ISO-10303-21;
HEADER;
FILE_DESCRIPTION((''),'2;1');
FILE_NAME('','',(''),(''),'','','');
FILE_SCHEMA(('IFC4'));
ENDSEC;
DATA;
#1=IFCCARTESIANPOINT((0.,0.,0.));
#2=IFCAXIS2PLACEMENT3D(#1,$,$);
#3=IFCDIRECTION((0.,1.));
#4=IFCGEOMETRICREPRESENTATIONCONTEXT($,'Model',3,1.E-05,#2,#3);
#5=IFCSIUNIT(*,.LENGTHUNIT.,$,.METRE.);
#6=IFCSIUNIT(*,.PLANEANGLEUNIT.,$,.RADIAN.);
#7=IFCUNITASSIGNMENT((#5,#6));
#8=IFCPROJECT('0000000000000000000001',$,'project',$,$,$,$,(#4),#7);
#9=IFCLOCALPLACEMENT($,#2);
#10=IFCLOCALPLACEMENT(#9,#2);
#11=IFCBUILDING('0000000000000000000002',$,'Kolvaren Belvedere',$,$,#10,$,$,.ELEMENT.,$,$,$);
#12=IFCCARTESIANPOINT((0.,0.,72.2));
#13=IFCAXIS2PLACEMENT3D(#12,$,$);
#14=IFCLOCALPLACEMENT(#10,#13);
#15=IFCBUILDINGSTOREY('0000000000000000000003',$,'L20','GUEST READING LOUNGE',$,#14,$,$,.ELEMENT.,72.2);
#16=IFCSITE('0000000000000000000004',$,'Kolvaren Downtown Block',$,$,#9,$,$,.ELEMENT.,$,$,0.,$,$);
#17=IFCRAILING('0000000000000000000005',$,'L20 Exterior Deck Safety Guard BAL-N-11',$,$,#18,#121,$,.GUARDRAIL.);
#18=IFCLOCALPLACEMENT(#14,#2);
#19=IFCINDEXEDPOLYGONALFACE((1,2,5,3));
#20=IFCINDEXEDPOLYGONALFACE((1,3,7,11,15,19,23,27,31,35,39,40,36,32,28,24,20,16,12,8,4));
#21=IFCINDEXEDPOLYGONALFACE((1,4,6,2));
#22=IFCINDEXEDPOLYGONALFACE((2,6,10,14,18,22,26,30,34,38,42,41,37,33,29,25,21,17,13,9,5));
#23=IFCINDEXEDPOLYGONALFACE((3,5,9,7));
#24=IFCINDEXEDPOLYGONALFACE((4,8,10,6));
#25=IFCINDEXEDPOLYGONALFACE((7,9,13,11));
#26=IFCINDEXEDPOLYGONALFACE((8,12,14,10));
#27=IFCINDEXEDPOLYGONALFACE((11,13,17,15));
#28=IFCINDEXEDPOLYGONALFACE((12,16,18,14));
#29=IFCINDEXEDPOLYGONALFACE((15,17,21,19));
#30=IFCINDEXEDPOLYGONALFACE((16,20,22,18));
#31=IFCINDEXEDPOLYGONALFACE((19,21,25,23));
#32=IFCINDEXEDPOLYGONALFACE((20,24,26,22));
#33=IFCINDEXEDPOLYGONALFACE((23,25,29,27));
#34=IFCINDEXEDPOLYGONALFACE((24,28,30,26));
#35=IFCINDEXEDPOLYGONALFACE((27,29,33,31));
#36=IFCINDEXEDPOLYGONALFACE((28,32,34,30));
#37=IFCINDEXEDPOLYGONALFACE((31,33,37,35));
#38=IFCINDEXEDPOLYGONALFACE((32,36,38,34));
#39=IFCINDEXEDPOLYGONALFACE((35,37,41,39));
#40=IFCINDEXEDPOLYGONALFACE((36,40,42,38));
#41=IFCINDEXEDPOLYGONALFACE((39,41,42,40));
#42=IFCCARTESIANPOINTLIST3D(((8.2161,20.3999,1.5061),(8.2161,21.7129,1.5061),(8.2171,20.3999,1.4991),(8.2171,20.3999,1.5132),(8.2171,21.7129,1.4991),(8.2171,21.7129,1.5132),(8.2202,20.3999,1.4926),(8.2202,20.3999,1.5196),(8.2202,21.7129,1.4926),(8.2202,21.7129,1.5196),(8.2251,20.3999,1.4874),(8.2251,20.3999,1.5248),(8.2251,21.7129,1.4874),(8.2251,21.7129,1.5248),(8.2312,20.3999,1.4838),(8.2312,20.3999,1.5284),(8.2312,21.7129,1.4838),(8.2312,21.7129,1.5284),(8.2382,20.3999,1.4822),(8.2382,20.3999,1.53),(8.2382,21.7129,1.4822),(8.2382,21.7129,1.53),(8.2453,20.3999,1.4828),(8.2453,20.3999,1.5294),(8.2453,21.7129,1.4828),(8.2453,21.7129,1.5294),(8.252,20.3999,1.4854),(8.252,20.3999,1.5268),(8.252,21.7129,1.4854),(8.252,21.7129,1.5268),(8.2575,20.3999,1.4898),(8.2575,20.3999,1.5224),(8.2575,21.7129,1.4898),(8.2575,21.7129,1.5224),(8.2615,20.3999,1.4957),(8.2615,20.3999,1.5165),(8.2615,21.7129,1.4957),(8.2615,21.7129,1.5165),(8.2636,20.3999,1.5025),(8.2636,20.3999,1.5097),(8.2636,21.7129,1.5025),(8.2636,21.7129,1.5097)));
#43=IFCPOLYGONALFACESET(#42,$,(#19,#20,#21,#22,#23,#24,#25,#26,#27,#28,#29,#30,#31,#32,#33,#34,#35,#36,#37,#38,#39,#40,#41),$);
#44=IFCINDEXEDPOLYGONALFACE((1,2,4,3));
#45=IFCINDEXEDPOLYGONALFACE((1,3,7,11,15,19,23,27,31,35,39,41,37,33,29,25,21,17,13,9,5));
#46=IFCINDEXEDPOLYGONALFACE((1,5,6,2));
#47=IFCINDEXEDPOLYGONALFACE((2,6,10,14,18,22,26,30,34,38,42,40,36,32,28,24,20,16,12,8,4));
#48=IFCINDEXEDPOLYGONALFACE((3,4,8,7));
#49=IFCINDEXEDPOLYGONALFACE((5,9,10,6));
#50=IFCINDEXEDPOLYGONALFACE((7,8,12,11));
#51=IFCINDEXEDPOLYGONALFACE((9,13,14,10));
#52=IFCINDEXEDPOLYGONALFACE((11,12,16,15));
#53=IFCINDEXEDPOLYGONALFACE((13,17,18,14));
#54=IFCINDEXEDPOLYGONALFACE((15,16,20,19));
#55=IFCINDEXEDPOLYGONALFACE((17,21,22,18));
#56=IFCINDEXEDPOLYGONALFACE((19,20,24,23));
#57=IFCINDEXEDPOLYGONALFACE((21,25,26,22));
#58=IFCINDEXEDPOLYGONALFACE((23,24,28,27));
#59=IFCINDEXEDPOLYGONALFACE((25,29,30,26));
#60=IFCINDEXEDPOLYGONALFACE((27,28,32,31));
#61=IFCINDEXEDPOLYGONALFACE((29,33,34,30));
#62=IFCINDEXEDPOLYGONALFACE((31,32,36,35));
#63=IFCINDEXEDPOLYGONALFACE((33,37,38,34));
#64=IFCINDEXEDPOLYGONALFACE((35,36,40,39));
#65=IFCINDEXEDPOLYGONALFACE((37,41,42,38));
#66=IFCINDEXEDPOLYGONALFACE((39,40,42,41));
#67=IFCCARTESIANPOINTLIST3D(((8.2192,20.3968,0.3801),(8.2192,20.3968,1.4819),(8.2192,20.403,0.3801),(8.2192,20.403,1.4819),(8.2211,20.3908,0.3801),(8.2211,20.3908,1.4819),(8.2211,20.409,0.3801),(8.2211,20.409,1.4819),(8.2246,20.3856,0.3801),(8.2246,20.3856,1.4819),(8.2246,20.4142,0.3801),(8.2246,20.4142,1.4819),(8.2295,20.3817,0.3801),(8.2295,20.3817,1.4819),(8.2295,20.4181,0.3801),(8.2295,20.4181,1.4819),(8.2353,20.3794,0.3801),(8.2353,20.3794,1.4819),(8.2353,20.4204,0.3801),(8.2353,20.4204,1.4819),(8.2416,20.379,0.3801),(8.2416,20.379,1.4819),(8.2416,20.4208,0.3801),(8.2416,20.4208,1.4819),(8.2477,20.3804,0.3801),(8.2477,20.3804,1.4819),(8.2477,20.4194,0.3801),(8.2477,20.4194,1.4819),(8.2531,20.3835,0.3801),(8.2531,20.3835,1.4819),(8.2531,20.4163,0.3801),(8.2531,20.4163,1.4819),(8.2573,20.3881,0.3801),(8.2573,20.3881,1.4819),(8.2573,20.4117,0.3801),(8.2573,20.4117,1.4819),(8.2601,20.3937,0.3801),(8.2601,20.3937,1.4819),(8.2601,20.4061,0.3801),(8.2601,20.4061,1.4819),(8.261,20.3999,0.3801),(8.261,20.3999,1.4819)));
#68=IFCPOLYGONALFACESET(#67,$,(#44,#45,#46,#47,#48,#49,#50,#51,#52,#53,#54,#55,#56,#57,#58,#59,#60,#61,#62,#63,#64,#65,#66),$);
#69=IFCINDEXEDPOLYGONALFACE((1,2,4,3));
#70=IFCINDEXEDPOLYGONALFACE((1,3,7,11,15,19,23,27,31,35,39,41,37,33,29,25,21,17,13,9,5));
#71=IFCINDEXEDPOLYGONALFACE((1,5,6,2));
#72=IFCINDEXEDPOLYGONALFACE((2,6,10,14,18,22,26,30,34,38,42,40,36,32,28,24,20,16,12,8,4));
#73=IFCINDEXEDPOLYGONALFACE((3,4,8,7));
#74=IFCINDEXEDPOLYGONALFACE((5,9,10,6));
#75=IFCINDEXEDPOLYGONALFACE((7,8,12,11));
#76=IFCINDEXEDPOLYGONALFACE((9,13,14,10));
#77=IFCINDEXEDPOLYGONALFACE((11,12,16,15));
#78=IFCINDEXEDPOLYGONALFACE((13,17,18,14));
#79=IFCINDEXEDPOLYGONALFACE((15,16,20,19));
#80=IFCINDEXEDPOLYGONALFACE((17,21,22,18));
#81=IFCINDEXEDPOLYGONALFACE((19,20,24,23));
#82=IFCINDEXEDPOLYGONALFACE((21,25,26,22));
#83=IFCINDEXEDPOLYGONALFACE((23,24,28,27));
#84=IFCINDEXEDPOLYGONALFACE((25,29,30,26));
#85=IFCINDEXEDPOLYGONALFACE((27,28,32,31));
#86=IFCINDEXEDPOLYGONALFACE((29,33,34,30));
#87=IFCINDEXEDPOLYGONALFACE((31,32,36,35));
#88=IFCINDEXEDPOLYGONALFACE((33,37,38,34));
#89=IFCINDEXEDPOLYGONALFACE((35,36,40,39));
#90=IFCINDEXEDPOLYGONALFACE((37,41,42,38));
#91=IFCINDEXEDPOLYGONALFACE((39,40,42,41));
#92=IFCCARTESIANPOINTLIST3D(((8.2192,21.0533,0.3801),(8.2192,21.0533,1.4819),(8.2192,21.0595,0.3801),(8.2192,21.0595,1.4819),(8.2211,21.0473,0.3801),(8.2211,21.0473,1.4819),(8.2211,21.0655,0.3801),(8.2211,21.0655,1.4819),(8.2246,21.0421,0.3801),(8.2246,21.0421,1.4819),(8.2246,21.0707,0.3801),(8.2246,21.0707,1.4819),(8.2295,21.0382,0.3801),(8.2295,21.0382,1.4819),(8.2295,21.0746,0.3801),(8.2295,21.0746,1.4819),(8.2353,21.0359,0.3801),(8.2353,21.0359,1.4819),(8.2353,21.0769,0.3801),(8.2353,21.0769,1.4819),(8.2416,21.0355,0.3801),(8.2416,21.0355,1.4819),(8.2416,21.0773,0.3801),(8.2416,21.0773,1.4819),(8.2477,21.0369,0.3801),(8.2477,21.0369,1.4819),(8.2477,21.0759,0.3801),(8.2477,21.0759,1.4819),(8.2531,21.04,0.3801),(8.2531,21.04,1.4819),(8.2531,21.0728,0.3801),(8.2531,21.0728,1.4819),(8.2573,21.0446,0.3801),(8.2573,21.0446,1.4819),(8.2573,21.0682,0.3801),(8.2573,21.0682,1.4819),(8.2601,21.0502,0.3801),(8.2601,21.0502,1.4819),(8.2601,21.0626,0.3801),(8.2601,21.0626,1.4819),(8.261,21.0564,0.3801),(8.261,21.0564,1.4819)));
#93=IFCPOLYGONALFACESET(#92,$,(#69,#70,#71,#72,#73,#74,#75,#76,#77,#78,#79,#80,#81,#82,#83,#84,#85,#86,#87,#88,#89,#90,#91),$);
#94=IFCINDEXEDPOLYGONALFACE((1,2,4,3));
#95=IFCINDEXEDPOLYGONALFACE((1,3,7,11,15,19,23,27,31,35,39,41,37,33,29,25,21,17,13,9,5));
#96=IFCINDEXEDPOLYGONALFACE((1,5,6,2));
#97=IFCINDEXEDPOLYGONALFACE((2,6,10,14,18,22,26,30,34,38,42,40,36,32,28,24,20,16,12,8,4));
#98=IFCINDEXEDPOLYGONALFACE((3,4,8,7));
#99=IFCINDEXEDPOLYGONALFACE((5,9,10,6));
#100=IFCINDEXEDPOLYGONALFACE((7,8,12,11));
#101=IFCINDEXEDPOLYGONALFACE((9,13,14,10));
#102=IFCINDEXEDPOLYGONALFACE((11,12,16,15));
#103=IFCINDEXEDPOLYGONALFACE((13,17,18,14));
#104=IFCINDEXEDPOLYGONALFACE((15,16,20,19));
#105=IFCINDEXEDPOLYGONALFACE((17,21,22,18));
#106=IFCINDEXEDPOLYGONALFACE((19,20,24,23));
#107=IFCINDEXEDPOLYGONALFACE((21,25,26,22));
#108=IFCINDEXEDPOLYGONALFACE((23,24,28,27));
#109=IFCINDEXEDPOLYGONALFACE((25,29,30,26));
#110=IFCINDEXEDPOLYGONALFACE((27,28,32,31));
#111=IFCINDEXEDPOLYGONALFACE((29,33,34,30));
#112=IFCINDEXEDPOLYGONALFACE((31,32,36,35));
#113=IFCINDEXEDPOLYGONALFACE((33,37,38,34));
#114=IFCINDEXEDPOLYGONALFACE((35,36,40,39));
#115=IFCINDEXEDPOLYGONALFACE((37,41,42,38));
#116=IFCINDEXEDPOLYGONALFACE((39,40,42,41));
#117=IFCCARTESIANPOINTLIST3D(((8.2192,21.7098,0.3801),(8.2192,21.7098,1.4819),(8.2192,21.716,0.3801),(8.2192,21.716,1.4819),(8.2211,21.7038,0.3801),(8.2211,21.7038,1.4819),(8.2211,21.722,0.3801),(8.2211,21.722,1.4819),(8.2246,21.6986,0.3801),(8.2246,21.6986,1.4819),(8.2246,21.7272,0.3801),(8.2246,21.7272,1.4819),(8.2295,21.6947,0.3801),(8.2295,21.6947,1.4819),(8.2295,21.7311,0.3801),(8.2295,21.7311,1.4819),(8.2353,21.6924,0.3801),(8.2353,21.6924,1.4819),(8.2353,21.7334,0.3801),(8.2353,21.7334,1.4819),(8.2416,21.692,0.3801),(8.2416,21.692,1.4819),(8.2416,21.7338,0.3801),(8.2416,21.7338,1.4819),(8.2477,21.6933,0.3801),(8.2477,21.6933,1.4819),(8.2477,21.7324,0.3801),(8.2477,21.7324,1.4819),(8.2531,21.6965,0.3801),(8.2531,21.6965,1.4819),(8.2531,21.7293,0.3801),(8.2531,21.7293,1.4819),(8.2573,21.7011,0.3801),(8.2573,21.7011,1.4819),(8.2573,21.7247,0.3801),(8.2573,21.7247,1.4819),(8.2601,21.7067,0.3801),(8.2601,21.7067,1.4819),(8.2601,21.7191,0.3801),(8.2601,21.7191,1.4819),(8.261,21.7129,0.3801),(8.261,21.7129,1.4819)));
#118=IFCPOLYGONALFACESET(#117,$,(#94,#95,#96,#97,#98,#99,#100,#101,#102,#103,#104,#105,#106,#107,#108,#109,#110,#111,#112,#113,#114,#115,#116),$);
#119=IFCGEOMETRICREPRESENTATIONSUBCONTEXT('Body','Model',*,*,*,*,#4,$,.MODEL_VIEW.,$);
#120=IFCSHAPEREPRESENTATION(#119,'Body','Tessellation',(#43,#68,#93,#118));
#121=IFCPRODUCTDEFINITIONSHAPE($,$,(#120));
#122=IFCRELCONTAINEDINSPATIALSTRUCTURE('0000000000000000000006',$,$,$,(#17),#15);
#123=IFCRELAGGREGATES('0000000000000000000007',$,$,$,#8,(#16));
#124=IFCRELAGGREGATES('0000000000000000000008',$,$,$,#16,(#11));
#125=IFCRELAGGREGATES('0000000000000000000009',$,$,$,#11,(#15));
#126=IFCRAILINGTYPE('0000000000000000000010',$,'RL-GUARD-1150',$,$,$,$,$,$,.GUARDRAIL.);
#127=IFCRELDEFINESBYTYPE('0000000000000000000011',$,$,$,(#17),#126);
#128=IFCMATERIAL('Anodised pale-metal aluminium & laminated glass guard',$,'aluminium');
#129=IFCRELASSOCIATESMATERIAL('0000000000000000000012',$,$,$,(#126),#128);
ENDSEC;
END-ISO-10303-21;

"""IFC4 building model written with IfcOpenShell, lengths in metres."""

from ifc_helpers import new_model, si_unit, direction, frame, origin, origin_2d, place, context, subcontext, project, spatial, circle, extrude, material, type_object, element, save


model = new_model("IFC4")

# Units and contexts
model_context = context("Model", 3, precision=1e-05, world=origin(), true_north=direction((0.0, 1.0)))
body_context = subcontext(model_context, "Body", "Model", "MODEL_VIEW")
ifc_project = project(units=[si_unit("LENGTHUNIT", "METRE"), si_unit("PLANEANGLEUNIT", "RADIAN")], contexts=[model_context])

# Site, building, storey
site_placement = place(None, origin())
site = spatial("IfcSite", under=ifc_project, at=site_placement, Name="Kolvaren Downtown Block", CompositionType="ELEMENT", RefElevation=0.0)
building_placement = place(site_placement, origin())
building = spatial("IfcBuilding", under=site, at=building_placement, Name="Kolvaren Belvedere", CompositionType="ELEMENT")
storey_placement = place(building_placement, frame((0.0, 0.0, 72.2)))
storey = spatial("IfcBuildingStorey", under=building, at=storey_placement, Name="L20", Description="GUEST READING LOUNGE", CompositionType="ELEMENT", Elevation=72.2)

# Railing
ifc_material_1 = material(Name="Anodised pale-metal aluminium & laminated glass guard", Category="aluminium")
railing_type = type_object("IfcRailingType", Name="RL-GUARD-1150", PredefinedType="GUARDRAIL", material=ifc_material_1)
railing_1_placement = place(storey_placement, frame((8.24, 20.3999, 0.3801)))
element("IfcRailing", 1, at=railing_1_placement, inside=storey, type_object=railing_type, Name="L20 Exterior Deck Safety Guard BAL-N-11", PredefinedType="GUARDRAIL", context=body_context, shape_type="SweptSolid", body=[
    extrude(circle(Radius=0.0239, at=origin_2d()), frame((0.0, 0.0, 1.126), z_axis=(0.0, 1.0, 0.0), x_axis=(-1.0, 0.0, 0.0)), (0.0, 0.0, 1.0), 1.313),
    extrude(circle(Radius=0.021, at=origin_2d()), origin(), (0.0, 0.0, 1.0), 1.1018),
    extrude(circle(Radius=0.021, at=origin_2d()), frame((0.0, 0.6565, 0.0)), (0.0, 0.0, 1.0), 1.1018),
    extrude(circle(Radius=0.021, at=origin_2d()), frame((0.0, 1.313, 0.0)), (0.0, 0.0, 1.0), 1.1018),
])

save(model, "model.ifc")
